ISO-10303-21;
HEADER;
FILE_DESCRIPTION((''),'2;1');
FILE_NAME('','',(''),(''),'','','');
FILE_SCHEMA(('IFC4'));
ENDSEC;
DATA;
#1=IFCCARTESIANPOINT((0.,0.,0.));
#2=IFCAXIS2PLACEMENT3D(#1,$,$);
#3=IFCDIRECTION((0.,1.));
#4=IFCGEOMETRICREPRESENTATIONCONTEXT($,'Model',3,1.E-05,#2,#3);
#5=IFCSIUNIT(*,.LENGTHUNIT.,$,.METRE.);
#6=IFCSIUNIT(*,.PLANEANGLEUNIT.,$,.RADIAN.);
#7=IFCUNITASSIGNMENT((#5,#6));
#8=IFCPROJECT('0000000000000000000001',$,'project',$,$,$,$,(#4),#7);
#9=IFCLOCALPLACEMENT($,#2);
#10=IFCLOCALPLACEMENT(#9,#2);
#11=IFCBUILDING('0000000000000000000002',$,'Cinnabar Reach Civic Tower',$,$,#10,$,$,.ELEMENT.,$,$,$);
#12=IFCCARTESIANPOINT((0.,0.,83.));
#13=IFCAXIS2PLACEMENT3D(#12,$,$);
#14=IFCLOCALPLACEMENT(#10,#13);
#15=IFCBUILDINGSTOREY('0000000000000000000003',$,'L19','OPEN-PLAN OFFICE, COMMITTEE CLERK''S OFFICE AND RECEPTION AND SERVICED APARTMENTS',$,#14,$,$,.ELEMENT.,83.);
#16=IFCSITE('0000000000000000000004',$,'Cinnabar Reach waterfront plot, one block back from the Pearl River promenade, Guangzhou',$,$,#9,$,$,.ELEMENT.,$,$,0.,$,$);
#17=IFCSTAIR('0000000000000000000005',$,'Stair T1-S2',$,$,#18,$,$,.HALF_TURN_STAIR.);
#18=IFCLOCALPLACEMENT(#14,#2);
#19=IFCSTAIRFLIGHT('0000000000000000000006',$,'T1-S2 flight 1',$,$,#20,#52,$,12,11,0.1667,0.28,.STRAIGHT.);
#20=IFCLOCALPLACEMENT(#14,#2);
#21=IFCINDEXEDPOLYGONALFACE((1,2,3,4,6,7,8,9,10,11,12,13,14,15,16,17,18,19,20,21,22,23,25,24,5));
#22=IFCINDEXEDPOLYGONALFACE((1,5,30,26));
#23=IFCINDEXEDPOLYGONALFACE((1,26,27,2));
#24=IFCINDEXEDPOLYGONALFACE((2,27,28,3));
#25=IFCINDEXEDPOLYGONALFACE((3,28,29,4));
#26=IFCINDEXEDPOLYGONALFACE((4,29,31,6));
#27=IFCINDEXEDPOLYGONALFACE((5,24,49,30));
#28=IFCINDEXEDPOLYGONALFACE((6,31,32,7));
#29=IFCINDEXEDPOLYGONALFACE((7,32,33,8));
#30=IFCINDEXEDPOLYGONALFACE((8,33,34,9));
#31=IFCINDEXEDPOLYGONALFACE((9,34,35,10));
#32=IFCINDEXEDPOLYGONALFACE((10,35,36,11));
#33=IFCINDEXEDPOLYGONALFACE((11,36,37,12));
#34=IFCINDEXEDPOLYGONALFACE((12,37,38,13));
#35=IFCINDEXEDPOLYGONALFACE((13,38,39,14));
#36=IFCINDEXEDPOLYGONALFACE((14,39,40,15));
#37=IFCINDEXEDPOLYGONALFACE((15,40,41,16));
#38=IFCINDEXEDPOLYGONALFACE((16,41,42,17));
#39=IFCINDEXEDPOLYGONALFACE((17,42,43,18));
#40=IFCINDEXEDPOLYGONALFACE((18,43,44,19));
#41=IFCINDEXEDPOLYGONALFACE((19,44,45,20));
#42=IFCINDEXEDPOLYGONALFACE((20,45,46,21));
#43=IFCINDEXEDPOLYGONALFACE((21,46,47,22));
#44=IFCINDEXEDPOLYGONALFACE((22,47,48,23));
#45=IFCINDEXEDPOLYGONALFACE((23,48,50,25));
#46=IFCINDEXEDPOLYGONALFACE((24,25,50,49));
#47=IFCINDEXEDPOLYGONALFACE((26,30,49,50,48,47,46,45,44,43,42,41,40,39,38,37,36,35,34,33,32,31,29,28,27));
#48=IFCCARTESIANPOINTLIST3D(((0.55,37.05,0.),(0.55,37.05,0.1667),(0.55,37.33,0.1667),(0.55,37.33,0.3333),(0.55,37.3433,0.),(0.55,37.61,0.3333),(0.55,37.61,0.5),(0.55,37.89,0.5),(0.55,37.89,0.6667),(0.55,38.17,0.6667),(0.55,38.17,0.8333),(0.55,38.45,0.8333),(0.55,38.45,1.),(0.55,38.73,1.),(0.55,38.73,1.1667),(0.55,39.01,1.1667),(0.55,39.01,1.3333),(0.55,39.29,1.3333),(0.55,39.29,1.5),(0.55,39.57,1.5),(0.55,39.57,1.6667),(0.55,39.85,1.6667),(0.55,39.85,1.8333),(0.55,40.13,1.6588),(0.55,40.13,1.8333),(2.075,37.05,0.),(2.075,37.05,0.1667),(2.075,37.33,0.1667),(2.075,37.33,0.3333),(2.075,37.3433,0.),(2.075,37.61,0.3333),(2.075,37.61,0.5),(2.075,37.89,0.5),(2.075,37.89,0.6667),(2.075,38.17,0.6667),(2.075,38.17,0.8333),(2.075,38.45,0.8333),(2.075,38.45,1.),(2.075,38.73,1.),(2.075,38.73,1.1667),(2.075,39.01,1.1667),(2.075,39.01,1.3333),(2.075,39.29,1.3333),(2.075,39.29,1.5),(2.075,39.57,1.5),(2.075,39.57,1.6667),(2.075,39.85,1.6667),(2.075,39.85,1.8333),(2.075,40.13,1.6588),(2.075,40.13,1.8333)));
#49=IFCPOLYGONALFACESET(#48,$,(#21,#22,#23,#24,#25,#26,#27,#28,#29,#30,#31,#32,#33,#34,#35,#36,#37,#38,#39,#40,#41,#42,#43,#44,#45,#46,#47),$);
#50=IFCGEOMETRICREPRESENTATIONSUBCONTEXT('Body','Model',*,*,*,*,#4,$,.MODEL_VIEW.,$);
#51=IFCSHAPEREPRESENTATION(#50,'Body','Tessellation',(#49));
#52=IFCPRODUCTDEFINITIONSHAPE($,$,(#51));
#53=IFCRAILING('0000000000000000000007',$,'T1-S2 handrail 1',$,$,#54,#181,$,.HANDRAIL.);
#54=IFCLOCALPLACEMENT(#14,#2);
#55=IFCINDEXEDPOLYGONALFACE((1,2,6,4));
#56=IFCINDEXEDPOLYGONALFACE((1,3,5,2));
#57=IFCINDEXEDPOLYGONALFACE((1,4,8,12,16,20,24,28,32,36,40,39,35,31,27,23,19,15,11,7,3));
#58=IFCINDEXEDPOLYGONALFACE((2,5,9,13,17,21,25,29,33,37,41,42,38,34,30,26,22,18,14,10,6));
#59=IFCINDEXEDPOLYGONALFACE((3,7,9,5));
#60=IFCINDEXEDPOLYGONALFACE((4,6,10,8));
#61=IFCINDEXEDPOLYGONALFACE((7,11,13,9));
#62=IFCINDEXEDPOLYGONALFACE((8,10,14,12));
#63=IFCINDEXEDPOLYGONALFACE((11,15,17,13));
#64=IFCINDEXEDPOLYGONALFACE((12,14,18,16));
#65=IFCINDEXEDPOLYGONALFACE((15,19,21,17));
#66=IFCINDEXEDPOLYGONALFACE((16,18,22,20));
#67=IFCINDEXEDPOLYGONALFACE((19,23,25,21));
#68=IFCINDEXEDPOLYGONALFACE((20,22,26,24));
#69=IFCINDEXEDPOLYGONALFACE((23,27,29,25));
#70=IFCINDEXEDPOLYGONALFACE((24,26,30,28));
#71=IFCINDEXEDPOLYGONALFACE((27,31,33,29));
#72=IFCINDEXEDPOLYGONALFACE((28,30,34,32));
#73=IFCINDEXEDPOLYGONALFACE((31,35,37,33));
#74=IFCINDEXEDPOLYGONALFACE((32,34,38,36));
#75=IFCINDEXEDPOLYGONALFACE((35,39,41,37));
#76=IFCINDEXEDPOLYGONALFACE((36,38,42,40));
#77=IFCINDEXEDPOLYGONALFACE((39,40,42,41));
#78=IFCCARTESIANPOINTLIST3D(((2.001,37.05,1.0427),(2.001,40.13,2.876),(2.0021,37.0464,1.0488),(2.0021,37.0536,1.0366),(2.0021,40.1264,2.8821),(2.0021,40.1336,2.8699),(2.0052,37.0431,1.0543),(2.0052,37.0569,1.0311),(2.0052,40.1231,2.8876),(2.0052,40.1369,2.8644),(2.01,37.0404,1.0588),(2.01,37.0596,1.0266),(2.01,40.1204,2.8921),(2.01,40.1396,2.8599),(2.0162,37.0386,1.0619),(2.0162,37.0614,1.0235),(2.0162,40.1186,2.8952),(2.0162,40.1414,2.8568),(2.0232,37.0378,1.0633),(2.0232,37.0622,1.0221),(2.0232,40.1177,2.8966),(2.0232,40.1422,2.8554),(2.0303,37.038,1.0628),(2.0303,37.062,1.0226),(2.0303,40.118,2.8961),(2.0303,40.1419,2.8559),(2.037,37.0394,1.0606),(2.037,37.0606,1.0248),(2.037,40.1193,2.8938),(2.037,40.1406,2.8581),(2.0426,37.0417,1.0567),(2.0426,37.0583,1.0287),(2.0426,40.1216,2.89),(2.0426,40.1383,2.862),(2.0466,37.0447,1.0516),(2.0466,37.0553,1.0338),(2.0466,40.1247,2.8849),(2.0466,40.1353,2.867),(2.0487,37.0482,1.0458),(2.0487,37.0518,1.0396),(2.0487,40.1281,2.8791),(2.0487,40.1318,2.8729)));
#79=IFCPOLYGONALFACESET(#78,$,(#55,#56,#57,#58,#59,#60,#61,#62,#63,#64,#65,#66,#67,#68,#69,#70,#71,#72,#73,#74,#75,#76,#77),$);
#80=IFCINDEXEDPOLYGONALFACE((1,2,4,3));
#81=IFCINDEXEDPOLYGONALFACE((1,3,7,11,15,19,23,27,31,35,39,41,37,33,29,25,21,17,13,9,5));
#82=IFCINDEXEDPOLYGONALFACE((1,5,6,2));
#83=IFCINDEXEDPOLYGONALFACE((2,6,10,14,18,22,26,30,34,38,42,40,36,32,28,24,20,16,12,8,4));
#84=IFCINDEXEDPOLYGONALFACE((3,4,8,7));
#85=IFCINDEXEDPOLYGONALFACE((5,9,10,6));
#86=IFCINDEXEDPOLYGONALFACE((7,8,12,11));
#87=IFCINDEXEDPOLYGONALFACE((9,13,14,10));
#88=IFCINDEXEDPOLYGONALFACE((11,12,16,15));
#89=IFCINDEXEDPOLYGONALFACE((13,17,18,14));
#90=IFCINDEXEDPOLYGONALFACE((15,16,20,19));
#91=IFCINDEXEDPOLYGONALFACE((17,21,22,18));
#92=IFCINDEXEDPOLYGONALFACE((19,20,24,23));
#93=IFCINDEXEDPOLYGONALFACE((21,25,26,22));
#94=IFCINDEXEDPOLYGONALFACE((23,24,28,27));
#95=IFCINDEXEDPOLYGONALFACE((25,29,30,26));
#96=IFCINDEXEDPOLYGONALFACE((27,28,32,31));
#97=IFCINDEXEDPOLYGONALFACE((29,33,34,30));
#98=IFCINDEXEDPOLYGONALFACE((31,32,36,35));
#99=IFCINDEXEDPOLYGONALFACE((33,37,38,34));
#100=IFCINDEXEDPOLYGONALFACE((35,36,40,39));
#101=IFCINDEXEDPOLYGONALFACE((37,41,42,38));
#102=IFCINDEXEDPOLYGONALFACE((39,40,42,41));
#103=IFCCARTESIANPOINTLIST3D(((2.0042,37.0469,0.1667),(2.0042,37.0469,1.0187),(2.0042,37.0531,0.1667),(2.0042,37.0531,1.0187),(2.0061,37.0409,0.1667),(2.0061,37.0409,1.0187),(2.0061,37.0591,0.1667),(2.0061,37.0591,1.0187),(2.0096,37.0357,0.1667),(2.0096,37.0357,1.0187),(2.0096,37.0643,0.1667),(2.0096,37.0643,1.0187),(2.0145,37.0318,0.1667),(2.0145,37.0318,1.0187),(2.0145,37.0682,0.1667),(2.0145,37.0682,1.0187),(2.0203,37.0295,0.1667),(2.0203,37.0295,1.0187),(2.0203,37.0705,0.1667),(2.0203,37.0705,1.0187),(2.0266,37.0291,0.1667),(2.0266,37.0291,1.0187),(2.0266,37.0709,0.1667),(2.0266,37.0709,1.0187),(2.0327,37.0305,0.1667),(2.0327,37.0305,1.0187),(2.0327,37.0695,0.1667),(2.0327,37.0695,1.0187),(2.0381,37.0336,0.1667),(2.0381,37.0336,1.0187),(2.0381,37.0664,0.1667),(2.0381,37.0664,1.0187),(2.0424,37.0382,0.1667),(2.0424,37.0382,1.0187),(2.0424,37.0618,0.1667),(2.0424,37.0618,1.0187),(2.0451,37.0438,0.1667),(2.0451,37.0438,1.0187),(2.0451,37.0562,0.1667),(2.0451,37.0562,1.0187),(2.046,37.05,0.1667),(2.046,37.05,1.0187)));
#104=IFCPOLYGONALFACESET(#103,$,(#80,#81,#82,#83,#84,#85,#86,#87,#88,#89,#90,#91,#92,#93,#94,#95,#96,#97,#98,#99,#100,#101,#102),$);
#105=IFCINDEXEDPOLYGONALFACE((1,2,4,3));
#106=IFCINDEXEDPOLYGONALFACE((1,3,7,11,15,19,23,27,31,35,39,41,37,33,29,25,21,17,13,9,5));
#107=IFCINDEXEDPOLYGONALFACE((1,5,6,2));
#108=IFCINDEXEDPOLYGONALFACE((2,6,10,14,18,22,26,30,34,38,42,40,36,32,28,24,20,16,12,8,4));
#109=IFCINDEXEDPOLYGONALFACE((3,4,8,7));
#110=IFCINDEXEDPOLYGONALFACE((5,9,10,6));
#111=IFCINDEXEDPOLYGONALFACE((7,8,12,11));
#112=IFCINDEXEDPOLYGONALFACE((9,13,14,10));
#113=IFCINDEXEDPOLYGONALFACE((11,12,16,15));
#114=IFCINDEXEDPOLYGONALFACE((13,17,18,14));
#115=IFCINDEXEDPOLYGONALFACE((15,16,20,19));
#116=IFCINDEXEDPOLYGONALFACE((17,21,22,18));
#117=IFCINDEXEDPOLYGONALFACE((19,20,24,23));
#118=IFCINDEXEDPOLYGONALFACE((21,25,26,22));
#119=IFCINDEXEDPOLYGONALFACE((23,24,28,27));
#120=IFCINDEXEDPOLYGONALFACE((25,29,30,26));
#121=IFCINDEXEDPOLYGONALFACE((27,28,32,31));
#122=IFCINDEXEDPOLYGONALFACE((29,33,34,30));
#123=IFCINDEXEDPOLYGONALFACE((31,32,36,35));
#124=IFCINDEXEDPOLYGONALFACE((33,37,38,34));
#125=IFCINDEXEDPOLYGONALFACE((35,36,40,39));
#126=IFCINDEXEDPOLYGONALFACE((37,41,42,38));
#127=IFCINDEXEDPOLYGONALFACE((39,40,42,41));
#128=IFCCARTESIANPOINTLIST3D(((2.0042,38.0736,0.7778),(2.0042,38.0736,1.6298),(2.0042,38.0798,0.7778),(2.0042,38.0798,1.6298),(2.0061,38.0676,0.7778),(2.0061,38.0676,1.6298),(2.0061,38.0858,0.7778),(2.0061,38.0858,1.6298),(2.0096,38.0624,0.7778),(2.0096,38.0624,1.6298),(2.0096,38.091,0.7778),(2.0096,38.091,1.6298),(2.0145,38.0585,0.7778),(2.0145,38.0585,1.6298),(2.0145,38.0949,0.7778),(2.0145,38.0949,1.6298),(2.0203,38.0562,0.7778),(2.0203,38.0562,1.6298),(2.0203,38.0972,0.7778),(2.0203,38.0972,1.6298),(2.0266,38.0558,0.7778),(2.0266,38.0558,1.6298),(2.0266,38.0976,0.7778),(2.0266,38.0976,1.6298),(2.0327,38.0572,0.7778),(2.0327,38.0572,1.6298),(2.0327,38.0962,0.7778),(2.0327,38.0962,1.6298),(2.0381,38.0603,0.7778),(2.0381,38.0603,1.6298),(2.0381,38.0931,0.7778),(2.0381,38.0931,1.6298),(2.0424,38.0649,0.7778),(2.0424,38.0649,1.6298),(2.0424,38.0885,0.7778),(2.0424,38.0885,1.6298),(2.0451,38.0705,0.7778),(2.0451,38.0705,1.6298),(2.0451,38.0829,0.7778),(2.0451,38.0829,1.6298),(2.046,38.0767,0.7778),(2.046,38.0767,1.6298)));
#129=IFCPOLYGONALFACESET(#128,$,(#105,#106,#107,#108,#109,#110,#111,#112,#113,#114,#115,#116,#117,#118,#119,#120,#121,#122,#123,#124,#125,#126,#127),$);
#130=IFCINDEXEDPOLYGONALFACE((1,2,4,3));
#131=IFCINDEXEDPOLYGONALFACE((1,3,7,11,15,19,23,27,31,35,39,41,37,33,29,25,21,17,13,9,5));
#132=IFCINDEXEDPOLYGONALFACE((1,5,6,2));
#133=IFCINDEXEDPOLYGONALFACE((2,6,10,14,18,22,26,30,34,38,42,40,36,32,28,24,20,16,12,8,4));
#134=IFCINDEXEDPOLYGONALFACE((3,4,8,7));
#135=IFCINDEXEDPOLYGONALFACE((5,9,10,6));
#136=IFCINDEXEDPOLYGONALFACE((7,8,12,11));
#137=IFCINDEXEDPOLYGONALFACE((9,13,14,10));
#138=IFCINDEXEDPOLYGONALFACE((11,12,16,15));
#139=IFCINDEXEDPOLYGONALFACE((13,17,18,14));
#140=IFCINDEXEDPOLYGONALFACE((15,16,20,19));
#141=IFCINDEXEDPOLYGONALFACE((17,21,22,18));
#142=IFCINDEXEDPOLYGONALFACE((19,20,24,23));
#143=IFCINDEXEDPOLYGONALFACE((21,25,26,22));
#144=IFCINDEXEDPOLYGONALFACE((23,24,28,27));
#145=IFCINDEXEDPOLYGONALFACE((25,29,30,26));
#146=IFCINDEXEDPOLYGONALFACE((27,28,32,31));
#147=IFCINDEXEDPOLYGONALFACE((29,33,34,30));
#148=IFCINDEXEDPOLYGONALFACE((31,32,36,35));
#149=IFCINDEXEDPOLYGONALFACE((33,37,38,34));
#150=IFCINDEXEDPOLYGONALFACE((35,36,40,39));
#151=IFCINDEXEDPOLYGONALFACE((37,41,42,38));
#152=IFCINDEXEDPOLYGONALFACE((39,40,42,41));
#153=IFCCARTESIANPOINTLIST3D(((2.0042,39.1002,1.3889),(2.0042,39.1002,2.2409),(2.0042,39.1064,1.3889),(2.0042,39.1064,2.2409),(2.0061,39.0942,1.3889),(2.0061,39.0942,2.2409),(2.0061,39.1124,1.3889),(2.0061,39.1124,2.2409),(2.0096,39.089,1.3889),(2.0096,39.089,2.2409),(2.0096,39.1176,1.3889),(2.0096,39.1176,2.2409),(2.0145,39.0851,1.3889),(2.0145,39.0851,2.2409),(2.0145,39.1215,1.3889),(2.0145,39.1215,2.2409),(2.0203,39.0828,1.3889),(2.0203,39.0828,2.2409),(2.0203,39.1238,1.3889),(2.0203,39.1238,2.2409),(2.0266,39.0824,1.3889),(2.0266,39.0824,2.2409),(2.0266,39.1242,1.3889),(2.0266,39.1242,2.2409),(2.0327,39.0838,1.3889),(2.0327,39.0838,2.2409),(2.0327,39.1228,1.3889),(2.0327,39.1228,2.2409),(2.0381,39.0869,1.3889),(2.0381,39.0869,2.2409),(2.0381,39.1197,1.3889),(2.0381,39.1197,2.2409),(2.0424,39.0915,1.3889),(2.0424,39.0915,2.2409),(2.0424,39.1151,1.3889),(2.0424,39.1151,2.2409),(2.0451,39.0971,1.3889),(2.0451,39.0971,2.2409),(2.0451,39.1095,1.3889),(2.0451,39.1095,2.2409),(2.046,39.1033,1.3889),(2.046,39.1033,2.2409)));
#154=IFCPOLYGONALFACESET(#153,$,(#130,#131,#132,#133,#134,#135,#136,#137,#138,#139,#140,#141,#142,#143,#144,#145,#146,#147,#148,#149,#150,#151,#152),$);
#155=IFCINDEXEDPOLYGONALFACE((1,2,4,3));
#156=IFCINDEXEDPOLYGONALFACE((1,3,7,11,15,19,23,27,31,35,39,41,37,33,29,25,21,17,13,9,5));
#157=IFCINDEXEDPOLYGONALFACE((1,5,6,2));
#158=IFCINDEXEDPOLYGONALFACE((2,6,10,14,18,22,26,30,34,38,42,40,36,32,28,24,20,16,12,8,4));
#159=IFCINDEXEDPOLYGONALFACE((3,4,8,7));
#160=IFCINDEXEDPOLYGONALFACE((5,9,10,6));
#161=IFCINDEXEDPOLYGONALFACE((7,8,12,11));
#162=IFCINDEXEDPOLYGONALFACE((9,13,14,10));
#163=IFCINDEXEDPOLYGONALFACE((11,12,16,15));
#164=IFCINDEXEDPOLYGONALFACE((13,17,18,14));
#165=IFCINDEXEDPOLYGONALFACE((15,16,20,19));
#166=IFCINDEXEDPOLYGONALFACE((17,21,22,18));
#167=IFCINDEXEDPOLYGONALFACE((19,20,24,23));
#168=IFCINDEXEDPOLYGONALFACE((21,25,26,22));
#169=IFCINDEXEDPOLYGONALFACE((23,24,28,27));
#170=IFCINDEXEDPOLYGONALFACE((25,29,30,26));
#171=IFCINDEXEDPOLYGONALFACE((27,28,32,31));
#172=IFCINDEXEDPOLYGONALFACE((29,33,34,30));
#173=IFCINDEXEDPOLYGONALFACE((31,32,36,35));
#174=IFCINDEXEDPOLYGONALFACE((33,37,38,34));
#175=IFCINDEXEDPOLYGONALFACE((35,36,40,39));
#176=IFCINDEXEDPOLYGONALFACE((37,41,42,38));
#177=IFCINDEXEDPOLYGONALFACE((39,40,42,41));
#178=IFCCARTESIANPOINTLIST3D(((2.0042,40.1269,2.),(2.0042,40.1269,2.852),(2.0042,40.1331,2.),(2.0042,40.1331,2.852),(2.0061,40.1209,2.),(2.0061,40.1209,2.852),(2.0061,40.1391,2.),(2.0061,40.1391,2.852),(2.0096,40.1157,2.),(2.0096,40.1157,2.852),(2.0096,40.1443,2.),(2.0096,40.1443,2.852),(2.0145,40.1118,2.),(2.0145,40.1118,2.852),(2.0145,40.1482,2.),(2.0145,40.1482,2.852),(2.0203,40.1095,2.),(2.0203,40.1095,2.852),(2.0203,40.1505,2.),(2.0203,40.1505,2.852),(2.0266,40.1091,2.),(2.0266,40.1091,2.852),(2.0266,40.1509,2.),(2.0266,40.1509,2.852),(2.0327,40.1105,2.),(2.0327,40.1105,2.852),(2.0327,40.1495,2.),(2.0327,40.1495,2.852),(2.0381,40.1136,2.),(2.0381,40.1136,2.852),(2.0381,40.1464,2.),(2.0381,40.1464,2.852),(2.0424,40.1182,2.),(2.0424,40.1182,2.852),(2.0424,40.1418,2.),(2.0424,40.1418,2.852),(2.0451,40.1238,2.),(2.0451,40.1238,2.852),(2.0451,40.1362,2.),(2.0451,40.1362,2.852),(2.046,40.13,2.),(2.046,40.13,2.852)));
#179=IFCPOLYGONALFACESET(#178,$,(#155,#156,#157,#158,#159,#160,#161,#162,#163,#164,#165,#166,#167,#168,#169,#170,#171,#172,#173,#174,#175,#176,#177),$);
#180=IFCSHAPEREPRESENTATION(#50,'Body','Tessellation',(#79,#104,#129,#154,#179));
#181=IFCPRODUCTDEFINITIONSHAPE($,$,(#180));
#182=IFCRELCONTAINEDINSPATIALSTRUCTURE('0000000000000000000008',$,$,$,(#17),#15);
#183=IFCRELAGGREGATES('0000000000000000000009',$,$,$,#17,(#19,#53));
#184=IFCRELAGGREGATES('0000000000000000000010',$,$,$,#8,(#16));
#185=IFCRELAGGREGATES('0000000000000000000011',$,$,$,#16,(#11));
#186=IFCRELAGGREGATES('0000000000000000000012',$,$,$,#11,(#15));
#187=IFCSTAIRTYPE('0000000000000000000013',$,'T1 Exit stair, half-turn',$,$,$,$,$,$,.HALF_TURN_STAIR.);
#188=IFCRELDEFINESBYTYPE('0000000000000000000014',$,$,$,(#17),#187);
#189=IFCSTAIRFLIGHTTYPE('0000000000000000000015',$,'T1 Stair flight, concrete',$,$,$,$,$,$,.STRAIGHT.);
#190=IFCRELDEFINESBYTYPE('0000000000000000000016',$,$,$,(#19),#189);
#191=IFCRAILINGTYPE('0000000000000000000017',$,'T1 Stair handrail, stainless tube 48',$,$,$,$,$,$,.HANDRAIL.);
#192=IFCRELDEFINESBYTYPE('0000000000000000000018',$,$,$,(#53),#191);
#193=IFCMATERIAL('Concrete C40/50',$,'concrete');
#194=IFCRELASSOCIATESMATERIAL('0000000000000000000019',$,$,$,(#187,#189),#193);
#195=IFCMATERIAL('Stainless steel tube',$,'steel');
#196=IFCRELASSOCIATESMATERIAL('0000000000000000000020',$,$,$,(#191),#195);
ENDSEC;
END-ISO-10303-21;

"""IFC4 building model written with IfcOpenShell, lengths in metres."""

from ifc_helpers import new_model, si_unit, direction, frame, origin, origin_2d, place, context, subcontext, project, spatial, polyline, circle, outline, extrude, material, type_object, element, aggregate, save


model = new_model("IFC4")

# Units and contexts
model_context = context("Model", 3, precision=1e-05, world=origin(), true_north=direction((0.0, 1.0)))
body_context = subcontext(model_context, "Body", "Model", "MODEL_VIEW")
ifc_project = project(units=[si_unit("LENGTHUNIT", "METRE"), si_unit("PLANEANGLEUNIT", "RADIAN")], contexts=[model_context])

# Site, building, storey
site_placement = place(None, origin())
site = spatial("IfcSite", under=ifc_project, at=site_placement, Name="Cinnabar Reach waterfront plot, one block back from the Pearl River promenade, Guangzhou", CompositionType="ELEMENT", RefElevation=0.0)
building_placement = place(site_placement, origin())
building = spatial("IfcBuilding", under=site, at=building_placement, Name="Cinnabar Reach Civic Tower", CompositionType="ELEMENT")
storey_placement = place(building_placement, frame((0.0, 0.0, 83.0)))
storey = spatial("IfcBuildingStorey", under=building, at=storey_placement, Name="L19", Description="OPEN-PLAN OFFICE, COMMITTEE CLERK'S OFFICE AND RECEPTION AND SERVICED APARTMENTS", CompositionType="ELEMENT", Elevation=83.0)

# Stair, stair flight, railing
ifc_material_1 = material(Name="Concrete C40/50", Category="concrete")
stair_type = type_object("IfcStairType", Name="T1 Exit stair, half-turn", PredefinedType="HALF_TURN_STAIR", material=ifc_material_1)
stair_placement = place(storey_placement, origin())
stair = element("IfcStair", 1, at=stair_placement, inside=storey, type_object=stair_type, Name="Stair T1-S2", PredefinedType="HALF_TURN_STAIR")
stair_flight_type = type_object("IfcStairFlightType", Name="T1 Stair flight, concrete", PredefinedType="STRAIGHT", material=ifc_material_1)
stair_flight_placement = place(storey_placement, frame((1.3125, 37.05, 0.0), z_axis=(0.0, 0.0, 1.0), x_axis=(0.0, 1.0, 0.0)))
stair_flight = element("IfcStairFlight", 2, at=stair_flight_placement, type_object=stair_flight_type, Name="T1-S2 flight 1", NumberOfRisers=12, NumberOfTreads=11, PredefinedType="STRAIGHT", RiserHeight=0.1667, TreadLength=0.28, context=body_context, shape_type="SweptSolid", body=[
    extrude(outline(polyline([(0.0, 0.0), (0.0, 0.1667), (0.28, 0.1667), (0.28, 0.3333), (0.56, 0.3333), (0.56, 0.5), (0.84, 0.5), (0.84, 0.6667), (1.12, 0.6667), (1.12, 0.8333), (1.4, 0.8333), (1.4, 1.0), (1.68, 1.0), (1.68, 1.1667), (1.96, 1.1667), (1.96, 1.3333), (2.24, 1.3333), (2.24, 1.5), (2.52, 1.5), (2.52, 1.6667), (2.8, 1.6667), (2.8, 1.8333), (3.08, 1.8333), (3.08, 2.0), (3.08, 1.6588), (0.2933, 0.0), (0.0, 0.0)])), frame((0.0, 0.7625, 0.0), z_axis=(0.0, -1.0, 0.0), x_axis=(1.0, 0.0, 0.0)), (0.0, 0.0, 1.0), 1.525),
])
ifc_material_2 = material(Name="Stainless steel tube", Category="steel")
railing_type = type_object("IfcRailingType", Name="T1 Stair handrail, stainless tube 48", PredefinedType="HANDRAIL", material=ifc_material_2)
railing_placement = place(storey_placement, frame((2.025, 37.05, 0.1667)))
railing = element("IfcRailing", 3, at=railing_placement, type_object=railing_type, Name="T1-S2 handrail 1", PredefinedType="HANDRAIL", context=body_context, shape_type="SweptSolid", body=[
    extrude(circle(Radius=0.024, at=origin_2d()), frame((0.0, 0.0, 0.876), z_axis=(0.0, 0.859297, 0.511477), x_axis=(-1.0, 0.0, 0.0)), (0.0, 0.0, 1.0), 3.5843),
    extrude(circle(Radius=0.021, at=origin_2d()), origin(), (0.0, 0.0, 1.0), 0.852),
    extrude(circle(Radius=0.021, at=origin_2d()), frame((0.0, 1.0267, 0.6111)), (0.0, 0.0, 1.0), 0.852),
    extrude(circle(Radius=0.021, at=origin_2d()), frame((0.0, 2.0533, 1.2222)), (0.0, 0.0, 1.0), 0.852),
    extrude(circle(Radius=0.021, at=origin_2d()), frame((0.0, 3.08, 1.8333)), (0.0, 0.0, 1.0), 0.852),
])
aggregate(stair, [stair_flight, railing])

save(model, "model.ifc")
